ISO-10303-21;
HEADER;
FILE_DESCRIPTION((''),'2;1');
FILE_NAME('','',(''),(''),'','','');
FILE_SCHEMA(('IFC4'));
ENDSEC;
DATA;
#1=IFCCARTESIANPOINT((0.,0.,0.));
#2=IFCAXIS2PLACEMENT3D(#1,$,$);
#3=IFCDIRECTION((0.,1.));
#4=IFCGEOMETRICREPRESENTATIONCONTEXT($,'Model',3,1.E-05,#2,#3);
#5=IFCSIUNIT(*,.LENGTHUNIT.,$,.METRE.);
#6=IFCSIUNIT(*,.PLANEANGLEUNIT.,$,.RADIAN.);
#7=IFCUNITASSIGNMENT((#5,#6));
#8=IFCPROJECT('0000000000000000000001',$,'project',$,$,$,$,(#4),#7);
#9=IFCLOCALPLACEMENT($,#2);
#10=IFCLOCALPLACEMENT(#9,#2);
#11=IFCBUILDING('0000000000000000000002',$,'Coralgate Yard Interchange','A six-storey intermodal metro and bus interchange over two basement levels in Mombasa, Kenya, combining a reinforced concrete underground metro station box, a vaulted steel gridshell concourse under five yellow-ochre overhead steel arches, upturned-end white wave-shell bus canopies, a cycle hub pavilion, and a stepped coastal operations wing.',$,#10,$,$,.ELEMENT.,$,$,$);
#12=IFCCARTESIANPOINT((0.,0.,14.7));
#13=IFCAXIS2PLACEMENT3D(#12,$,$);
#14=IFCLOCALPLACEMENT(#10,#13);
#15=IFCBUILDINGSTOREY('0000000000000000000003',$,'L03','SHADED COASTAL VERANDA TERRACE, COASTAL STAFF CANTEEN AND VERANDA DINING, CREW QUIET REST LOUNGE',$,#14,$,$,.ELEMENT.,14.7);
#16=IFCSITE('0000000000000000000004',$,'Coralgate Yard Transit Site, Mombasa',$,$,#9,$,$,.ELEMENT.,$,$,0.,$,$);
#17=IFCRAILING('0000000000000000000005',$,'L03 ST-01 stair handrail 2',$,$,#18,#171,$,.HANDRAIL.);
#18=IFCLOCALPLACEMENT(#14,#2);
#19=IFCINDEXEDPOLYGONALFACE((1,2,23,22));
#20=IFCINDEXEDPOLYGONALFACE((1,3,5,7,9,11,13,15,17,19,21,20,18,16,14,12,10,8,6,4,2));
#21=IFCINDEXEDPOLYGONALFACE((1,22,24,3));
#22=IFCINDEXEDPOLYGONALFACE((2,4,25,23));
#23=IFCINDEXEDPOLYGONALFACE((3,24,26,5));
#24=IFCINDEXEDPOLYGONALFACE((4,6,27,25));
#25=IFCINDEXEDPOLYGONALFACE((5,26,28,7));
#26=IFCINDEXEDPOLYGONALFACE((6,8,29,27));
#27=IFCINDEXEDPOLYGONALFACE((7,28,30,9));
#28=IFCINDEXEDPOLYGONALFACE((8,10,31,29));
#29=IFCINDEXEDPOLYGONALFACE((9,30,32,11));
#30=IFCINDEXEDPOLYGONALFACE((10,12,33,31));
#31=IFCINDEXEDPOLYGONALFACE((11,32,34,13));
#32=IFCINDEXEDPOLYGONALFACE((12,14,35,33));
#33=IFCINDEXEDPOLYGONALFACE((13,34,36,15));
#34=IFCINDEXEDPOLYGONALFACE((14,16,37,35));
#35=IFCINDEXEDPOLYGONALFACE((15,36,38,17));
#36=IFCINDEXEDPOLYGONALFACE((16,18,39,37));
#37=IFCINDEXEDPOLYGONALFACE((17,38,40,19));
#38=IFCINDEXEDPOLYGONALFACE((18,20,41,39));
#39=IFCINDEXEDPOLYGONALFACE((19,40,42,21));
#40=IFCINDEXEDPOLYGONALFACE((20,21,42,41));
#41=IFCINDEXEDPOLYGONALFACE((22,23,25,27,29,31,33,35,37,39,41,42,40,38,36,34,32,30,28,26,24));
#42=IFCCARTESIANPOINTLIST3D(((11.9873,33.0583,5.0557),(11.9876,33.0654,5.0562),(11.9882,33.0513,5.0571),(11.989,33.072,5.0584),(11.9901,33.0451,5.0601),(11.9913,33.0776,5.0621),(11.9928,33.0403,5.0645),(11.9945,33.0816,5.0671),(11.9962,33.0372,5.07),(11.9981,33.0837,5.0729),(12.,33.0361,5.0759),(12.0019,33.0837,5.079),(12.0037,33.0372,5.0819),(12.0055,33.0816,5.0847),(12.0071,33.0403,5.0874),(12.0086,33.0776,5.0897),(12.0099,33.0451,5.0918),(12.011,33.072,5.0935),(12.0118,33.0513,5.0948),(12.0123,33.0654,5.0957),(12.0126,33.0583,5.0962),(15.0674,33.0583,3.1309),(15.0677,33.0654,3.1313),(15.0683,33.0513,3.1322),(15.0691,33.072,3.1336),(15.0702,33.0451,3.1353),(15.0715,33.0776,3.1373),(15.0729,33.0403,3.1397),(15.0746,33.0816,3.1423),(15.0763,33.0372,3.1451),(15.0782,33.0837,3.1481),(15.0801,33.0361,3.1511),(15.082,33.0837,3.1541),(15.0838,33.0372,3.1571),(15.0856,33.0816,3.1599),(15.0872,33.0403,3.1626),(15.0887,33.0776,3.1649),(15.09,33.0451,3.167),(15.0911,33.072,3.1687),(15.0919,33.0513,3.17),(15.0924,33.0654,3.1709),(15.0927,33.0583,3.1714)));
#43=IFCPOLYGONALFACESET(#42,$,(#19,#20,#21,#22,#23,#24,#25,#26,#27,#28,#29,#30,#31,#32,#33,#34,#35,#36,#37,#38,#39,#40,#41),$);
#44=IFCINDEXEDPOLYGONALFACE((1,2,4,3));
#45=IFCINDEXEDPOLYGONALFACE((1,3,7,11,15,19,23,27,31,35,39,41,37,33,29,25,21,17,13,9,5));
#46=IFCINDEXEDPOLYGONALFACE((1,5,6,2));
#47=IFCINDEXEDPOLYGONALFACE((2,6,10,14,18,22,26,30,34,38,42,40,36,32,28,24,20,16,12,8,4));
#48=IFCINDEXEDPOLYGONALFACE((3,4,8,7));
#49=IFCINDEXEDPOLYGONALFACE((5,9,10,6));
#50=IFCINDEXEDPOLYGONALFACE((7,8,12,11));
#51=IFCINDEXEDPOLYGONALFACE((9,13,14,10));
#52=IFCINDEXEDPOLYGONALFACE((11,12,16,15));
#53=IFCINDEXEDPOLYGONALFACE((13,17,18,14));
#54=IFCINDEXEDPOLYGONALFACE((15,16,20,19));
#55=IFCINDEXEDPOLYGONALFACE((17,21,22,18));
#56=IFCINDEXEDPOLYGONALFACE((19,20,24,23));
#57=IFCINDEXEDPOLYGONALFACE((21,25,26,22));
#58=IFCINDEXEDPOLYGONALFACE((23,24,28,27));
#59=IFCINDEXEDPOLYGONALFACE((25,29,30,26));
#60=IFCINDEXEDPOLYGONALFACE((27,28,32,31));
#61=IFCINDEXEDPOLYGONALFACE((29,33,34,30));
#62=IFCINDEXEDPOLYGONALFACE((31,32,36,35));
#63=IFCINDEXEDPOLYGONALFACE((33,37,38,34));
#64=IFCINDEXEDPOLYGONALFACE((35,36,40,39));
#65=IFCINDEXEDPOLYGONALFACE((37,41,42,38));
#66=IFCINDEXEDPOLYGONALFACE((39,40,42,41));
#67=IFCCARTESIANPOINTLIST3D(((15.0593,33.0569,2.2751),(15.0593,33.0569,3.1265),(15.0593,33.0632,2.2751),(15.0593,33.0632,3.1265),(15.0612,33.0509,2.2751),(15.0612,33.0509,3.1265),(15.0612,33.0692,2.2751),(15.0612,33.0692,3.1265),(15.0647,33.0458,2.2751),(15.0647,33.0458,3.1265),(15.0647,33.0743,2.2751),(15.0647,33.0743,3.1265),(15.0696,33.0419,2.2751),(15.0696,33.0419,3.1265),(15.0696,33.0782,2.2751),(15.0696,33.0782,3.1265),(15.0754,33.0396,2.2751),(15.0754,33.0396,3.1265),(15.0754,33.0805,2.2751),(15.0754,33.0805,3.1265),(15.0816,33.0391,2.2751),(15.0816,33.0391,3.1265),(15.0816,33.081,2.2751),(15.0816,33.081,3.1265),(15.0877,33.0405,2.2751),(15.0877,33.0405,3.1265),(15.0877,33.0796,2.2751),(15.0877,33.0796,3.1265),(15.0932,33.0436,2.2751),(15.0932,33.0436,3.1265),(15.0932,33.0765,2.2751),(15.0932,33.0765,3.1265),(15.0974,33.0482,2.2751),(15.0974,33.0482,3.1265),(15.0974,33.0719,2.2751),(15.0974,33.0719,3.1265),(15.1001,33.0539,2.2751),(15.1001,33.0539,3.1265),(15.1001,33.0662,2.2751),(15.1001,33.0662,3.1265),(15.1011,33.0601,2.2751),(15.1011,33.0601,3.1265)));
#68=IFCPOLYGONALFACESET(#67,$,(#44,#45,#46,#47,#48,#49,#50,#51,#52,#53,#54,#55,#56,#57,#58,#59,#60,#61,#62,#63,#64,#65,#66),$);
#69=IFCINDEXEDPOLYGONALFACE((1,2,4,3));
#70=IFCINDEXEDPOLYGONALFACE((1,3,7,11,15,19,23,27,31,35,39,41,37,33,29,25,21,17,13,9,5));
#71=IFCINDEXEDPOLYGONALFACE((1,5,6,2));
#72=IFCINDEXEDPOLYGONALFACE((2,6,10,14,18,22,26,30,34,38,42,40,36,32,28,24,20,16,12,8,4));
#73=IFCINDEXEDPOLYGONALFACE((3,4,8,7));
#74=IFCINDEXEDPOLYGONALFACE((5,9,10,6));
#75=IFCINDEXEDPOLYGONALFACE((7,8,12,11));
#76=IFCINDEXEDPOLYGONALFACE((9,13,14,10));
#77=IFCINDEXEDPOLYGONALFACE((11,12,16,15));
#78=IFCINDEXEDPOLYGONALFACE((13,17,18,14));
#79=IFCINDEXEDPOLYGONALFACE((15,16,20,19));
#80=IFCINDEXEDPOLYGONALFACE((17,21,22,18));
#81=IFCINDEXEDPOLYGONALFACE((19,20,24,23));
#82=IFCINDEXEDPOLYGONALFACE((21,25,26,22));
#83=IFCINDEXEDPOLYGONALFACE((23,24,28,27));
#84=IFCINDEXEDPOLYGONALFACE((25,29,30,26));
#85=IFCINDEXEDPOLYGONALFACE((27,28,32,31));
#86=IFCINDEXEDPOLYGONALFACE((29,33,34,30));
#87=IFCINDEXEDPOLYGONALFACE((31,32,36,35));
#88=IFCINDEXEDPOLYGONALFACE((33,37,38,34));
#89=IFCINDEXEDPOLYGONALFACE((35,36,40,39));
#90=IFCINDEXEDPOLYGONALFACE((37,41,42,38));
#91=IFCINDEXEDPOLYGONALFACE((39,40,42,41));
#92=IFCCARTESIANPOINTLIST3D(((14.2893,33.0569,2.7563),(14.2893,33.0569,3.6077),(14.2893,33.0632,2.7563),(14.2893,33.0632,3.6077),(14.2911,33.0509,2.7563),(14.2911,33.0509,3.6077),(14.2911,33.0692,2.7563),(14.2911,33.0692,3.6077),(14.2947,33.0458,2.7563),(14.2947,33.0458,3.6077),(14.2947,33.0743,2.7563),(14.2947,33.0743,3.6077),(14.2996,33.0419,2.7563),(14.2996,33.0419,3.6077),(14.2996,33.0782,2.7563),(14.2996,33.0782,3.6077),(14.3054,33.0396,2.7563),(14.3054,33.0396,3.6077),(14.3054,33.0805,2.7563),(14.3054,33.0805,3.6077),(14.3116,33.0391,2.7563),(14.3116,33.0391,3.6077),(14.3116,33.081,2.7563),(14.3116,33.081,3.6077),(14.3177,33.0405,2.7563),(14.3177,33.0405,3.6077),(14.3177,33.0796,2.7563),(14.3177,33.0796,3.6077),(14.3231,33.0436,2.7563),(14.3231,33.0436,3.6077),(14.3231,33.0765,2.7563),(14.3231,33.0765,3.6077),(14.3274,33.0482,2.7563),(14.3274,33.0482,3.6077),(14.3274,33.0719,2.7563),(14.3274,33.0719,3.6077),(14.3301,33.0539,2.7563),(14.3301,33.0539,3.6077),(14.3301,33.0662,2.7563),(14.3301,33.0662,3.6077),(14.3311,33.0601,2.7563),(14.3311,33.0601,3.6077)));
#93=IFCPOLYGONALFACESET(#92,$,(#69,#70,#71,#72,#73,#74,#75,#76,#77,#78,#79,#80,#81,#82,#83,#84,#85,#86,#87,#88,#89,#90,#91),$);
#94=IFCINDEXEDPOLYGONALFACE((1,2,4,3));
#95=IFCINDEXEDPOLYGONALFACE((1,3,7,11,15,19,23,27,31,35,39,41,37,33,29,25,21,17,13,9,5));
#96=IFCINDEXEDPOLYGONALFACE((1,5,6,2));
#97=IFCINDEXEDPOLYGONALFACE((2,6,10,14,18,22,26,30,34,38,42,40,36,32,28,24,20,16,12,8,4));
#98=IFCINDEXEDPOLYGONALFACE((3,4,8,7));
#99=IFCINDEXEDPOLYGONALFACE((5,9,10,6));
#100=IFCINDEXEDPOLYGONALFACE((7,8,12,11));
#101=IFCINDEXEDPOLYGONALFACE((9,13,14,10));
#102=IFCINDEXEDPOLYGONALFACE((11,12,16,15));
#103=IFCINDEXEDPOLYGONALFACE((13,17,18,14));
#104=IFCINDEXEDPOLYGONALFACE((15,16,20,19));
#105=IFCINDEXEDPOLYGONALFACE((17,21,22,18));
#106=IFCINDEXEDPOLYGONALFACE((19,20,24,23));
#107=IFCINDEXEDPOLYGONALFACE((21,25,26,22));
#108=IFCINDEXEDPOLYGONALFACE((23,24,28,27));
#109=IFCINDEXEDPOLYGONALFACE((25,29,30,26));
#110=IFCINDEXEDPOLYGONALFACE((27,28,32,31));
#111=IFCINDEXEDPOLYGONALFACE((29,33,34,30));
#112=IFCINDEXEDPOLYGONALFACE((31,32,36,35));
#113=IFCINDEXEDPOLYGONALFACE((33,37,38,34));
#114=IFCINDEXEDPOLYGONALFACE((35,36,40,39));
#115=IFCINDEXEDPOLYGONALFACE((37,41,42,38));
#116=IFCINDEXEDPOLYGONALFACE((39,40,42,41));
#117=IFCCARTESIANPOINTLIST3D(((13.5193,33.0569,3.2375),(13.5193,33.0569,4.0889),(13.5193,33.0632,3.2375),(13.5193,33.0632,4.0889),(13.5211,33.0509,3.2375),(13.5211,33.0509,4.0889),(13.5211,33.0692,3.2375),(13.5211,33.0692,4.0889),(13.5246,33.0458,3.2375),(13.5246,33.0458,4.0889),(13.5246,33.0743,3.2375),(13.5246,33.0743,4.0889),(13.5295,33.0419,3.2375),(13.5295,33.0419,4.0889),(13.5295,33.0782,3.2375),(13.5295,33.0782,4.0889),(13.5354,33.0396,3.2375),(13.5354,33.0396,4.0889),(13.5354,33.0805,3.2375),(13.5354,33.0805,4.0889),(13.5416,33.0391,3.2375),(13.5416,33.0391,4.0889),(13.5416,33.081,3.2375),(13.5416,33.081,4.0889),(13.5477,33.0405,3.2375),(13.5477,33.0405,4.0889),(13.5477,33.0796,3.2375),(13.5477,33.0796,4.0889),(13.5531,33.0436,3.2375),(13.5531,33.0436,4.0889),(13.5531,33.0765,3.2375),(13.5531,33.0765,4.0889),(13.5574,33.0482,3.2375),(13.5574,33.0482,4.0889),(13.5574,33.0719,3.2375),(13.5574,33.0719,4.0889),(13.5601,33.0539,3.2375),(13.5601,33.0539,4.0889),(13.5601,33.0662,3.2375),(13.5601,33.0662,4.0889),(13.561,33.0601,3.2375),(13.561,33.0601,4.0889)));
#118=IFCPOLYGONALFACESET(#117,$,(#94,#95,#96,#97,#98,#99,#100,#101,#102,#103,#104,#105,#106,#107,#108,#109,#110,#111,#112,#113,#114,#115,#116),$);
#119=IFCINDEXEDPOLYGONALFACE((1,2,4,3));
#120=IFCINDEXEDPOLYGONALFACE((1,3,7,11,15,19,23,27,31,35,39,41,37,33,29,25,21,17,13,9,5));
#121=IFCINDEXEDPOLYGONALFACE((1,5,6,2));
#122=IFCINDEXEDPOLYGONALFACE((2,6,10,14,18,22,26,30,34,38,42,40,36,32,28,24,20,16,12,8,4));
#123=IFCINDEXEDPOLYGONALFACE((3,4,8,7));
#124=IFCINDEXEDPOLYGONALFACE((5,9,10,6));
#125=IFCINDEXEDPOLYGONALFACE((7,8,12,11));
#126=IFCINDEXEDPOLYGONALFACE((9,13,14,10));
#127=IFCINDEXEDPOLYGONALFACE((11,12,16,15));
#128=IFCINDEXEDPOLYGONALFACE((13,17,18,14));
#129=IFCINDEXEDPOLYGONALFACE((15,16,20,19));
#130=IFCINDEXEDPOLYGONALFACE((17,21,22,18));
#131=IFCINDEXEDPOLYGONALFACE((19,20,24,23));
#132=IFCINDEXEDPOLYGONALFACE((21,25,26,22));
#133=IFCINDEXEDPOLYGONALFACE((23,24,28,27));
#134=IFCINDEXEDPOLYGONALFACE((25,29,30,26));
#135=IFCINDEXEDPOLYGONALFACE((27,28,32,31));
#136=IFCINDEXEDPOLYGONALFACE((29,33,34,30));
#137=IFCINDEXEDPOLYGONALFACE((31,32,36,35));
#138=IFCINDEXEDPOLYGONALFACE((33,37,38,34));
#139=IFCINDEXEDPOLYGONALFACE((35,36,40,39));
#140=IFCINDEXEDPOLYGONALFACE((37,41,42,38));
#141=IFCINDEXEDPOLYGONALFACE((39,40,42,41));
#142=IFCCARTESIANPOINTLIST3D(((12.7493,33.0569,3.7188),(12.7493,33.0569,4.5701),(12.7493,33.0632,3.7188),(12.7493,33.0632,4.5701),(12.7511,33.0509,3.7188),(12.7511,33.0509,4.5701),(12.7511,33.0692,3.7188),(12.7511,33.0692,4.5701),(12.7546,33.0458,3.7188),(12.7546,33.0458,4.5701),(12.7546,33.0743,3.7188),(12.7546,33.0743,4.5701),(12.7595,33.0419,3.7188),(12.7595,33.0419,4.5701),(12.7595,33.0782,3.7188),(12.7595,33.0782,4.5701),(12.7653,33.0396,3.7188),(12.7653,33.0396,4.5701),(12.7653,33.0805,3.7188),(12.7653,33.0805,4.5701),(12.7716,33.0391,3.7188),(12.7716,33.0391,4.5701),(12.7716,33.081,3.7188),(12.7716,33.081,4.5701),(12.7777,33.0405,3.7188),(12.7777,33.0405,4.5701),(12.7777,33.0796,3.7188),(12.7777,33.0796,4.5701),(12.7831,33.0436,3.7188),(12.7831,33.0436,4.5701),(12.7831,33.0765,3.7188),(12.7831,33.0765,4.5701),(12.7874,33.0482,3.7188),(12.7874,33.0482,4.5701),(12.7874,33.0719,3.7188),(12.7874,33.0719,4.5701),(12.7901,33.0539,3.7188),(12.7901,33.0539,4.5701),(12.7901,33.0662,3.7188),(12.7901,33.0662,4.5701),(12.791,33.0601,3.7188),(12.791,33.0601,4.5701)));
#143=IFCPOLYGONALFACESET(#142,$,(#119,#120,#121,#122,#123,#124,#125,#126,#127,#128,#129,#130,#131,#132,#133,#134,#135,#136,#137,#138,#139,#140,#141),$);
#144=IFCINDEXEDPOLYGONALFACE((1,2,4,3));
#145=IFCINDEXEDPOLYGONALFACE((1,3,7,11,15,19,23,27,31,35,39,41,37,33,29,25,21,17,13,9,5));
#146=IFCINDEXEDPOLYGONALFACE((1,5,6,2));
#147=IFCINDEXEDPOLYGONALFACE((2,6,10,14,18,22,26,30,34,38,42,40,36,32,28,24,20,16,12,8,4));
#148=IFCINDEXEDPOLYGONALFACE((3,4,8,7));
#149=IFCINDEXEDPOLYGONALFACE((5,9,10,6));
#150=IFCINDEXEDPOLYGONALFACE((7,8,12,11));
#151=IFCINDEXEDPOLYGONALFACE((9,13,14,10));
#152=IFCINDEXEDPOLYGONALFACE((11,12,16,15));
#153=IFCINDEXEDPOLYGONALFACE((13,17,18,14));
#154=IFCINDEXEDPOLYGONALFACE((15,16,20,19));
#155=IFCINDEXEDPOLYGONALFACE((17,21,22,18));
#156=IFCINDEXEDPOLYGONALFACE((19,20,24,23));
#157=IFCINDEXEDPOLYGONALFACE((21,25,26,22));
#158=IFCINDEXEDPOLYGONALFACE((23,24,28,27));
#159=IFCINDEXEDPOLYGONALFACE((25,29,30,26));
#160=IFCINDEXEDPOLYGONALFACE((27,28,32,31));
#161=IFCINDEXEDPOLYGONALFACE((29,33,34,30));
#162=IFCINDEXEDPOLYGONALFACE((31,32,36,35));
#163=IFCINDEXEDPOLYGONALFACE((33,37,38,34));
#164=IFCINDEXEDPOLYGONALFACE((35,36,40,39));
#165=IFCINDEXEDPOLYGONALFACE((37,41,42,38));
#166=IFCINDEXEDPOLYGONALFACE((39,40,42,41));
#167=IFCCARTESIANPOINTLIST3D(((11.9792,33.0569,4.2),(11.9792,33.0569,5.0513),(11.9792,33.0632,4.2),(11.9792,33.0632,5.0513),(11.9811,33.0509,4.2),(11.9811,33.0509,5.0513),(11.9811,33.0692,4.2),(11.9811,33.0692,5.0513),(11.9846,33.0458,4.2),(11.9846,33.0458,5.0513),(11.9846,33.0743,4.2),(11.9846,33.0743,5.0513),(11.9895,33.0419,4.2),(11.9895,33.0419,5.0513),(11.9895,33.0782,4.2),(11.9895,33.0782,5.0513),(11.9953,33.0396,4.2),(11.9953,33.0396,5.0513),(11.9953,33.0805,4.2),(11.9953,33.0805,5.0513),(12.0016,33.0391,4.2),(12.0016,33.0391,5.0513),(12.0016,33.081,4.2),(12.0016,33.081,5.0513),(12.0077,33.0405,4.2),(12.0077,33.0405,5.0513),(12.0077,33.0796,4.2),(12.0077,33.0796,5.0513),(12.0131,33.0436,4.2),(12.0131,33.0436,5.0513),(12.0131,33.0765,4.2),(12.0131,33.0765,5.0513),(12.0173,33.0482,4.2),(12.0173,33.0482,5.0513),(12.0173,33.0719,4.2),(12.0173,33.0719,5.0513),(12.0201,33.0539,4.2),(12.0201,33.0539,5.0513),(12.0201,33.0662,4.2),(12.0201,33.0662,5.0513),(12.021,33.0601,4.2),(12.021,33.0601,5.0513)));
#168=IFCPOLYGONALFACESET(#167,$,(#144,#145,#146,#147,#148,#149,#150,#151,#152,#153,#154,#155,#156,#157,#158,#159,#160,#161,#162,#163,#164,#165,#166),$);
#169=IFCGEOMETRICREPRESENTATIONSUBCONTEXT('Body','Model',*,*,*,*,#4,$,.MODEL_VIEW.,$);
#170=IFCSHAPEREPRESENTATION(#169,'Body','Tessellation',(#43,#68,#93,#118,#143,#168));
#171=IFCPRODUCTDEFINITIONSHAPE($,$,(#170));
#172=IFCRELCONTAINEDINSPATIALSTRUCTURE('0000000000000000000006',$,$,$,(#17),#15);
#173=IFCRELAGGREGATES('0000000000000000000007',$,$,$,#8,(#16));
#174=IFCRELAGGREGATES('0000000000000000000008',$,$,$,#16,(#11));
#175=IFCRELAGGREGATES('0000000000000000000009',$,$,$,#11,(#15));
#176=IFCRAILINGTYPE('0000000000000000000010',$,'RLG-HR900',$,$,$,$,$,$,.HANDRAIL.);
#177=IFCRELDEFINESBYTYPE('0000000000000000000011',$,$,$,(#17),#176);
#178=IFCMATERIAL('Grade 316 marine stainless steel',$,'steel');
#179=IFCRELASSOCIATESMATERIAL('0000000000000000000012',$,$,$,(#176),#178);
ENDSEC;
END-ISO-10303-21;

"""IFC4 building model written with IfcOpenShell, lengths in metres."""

from ifc_helpers import new_model, si_unit, direction, frame, origin, origin_2d, place, context, subcontext, project, spatial, circle, extrude, material, type_object, element, save


model = new_model("IFC4")

# Units and contexts
model_context = context("Model", 3, precision=1e-05, world=origin(), true_north=direction((0.0, 1.0)))
body_context = subcontext(model_context, "Body", "Model", "MODEL_VIEW")
ifc_project = project(units=[si_unit("LENGTHUNIT", "METRE"), si_unit("PLANEANGLEUNIT", "RADIAN")], contexts=[model_context])

# Site, building, storey
site_placement = place(None, origin())
site = spatial("IfcSite", under=ifc_project, at=site_placement, Name="Coralgate Yard Transit Site, Mombasa", CompositionType="ELEMENT", RefElevation=0.0)
building_placement = place(site_placement, origin())
building = spatial("IfcBuilding", under=site, at=building_placement, Name="Coralgate Yard Interchange", Description="A six-storey intermodal metro and bus interchange over two basement levels in Mombasa, Kenya, combining a reinforced concrete underground metro station box, a vaulted steel gridshell concourse under five yellow-ochre overhead steel arches, upturned-end white wave-shell bus canopies, a cycle hub pavilion, and a stepped coastal operations wing.", CompositionType="ELEMENT")
storey_placement = place(building_placement, frame((0.0, 0.0, 14.7)))
storey = spatial("IfcBuildingStorey", under=building, at=storey_placement, Name="L03", Description="SHADED COASTAL VERANDA TERRACE, COASTAL STAFF CANTEEN AND VERANDA DINING, CREW QUIET REST LOUNGE", CompositionType="ELEMENT", Elevation=14.7)

# Railing
ifc_material_1 = material(Name="Grade 316 marine stainless steel", Category="steel")
railing_type_1 = type_object("IfcRailingType", Name="RLG-HR900", PredefinedType="HANDRAIL", material=ifc_material_1)
railing_1_placement = place(storey_placement, frame((15.0801, 33.0601, 2.2751)))
element("IfcRailing", 1, at=railing_1_placement, inside=storey, type_object=railing_type_1, Name="L03 ST-01 stair handrail 2", PredefinedType="HANDRAIL", context=body_context, shape_type="SweptSolid", body=[
    extrude(circle(Radius=0.0239, at=origin_2d()), frame((0.0, 0.0, 0.876), z_axis=(-0.848029, 0.0, 0.529951), x_axis=(0.0, -1.0, 0.0)), (0.0, 0.0, 1.0), 3.6321),
    extrude(circle(Radius=0.021, at=origin_2d()), origin(), (0.0, 0.0, 1.0), 0.8513),
    extrude(circle(Radius=0.021, at=origin_2d()), frame((-0.77, 0.0, 0.4812)), (0.0, 0.0, 1.0), 0.8513),
    extrude(circle(Radius=0.021, at=origin_2d()), frame((-1.54, 0.0, 0.9624)), (0.0, 0.0, 1.0), 0.8513),
    extrude(circle(Radius=0.021, at=origin_2d()), frame((-2.3101, 0.0, 1.4436)), (0.0, 0.0, 1.0), 0.8513),
    extrude(circle(Radius=0.021, at=origin_2d()), frame((-3.0801, 0.0, 1.9248)), (0.0, 0.0, 1.0), 0.8513),
])

save(model, "model.ifc")
